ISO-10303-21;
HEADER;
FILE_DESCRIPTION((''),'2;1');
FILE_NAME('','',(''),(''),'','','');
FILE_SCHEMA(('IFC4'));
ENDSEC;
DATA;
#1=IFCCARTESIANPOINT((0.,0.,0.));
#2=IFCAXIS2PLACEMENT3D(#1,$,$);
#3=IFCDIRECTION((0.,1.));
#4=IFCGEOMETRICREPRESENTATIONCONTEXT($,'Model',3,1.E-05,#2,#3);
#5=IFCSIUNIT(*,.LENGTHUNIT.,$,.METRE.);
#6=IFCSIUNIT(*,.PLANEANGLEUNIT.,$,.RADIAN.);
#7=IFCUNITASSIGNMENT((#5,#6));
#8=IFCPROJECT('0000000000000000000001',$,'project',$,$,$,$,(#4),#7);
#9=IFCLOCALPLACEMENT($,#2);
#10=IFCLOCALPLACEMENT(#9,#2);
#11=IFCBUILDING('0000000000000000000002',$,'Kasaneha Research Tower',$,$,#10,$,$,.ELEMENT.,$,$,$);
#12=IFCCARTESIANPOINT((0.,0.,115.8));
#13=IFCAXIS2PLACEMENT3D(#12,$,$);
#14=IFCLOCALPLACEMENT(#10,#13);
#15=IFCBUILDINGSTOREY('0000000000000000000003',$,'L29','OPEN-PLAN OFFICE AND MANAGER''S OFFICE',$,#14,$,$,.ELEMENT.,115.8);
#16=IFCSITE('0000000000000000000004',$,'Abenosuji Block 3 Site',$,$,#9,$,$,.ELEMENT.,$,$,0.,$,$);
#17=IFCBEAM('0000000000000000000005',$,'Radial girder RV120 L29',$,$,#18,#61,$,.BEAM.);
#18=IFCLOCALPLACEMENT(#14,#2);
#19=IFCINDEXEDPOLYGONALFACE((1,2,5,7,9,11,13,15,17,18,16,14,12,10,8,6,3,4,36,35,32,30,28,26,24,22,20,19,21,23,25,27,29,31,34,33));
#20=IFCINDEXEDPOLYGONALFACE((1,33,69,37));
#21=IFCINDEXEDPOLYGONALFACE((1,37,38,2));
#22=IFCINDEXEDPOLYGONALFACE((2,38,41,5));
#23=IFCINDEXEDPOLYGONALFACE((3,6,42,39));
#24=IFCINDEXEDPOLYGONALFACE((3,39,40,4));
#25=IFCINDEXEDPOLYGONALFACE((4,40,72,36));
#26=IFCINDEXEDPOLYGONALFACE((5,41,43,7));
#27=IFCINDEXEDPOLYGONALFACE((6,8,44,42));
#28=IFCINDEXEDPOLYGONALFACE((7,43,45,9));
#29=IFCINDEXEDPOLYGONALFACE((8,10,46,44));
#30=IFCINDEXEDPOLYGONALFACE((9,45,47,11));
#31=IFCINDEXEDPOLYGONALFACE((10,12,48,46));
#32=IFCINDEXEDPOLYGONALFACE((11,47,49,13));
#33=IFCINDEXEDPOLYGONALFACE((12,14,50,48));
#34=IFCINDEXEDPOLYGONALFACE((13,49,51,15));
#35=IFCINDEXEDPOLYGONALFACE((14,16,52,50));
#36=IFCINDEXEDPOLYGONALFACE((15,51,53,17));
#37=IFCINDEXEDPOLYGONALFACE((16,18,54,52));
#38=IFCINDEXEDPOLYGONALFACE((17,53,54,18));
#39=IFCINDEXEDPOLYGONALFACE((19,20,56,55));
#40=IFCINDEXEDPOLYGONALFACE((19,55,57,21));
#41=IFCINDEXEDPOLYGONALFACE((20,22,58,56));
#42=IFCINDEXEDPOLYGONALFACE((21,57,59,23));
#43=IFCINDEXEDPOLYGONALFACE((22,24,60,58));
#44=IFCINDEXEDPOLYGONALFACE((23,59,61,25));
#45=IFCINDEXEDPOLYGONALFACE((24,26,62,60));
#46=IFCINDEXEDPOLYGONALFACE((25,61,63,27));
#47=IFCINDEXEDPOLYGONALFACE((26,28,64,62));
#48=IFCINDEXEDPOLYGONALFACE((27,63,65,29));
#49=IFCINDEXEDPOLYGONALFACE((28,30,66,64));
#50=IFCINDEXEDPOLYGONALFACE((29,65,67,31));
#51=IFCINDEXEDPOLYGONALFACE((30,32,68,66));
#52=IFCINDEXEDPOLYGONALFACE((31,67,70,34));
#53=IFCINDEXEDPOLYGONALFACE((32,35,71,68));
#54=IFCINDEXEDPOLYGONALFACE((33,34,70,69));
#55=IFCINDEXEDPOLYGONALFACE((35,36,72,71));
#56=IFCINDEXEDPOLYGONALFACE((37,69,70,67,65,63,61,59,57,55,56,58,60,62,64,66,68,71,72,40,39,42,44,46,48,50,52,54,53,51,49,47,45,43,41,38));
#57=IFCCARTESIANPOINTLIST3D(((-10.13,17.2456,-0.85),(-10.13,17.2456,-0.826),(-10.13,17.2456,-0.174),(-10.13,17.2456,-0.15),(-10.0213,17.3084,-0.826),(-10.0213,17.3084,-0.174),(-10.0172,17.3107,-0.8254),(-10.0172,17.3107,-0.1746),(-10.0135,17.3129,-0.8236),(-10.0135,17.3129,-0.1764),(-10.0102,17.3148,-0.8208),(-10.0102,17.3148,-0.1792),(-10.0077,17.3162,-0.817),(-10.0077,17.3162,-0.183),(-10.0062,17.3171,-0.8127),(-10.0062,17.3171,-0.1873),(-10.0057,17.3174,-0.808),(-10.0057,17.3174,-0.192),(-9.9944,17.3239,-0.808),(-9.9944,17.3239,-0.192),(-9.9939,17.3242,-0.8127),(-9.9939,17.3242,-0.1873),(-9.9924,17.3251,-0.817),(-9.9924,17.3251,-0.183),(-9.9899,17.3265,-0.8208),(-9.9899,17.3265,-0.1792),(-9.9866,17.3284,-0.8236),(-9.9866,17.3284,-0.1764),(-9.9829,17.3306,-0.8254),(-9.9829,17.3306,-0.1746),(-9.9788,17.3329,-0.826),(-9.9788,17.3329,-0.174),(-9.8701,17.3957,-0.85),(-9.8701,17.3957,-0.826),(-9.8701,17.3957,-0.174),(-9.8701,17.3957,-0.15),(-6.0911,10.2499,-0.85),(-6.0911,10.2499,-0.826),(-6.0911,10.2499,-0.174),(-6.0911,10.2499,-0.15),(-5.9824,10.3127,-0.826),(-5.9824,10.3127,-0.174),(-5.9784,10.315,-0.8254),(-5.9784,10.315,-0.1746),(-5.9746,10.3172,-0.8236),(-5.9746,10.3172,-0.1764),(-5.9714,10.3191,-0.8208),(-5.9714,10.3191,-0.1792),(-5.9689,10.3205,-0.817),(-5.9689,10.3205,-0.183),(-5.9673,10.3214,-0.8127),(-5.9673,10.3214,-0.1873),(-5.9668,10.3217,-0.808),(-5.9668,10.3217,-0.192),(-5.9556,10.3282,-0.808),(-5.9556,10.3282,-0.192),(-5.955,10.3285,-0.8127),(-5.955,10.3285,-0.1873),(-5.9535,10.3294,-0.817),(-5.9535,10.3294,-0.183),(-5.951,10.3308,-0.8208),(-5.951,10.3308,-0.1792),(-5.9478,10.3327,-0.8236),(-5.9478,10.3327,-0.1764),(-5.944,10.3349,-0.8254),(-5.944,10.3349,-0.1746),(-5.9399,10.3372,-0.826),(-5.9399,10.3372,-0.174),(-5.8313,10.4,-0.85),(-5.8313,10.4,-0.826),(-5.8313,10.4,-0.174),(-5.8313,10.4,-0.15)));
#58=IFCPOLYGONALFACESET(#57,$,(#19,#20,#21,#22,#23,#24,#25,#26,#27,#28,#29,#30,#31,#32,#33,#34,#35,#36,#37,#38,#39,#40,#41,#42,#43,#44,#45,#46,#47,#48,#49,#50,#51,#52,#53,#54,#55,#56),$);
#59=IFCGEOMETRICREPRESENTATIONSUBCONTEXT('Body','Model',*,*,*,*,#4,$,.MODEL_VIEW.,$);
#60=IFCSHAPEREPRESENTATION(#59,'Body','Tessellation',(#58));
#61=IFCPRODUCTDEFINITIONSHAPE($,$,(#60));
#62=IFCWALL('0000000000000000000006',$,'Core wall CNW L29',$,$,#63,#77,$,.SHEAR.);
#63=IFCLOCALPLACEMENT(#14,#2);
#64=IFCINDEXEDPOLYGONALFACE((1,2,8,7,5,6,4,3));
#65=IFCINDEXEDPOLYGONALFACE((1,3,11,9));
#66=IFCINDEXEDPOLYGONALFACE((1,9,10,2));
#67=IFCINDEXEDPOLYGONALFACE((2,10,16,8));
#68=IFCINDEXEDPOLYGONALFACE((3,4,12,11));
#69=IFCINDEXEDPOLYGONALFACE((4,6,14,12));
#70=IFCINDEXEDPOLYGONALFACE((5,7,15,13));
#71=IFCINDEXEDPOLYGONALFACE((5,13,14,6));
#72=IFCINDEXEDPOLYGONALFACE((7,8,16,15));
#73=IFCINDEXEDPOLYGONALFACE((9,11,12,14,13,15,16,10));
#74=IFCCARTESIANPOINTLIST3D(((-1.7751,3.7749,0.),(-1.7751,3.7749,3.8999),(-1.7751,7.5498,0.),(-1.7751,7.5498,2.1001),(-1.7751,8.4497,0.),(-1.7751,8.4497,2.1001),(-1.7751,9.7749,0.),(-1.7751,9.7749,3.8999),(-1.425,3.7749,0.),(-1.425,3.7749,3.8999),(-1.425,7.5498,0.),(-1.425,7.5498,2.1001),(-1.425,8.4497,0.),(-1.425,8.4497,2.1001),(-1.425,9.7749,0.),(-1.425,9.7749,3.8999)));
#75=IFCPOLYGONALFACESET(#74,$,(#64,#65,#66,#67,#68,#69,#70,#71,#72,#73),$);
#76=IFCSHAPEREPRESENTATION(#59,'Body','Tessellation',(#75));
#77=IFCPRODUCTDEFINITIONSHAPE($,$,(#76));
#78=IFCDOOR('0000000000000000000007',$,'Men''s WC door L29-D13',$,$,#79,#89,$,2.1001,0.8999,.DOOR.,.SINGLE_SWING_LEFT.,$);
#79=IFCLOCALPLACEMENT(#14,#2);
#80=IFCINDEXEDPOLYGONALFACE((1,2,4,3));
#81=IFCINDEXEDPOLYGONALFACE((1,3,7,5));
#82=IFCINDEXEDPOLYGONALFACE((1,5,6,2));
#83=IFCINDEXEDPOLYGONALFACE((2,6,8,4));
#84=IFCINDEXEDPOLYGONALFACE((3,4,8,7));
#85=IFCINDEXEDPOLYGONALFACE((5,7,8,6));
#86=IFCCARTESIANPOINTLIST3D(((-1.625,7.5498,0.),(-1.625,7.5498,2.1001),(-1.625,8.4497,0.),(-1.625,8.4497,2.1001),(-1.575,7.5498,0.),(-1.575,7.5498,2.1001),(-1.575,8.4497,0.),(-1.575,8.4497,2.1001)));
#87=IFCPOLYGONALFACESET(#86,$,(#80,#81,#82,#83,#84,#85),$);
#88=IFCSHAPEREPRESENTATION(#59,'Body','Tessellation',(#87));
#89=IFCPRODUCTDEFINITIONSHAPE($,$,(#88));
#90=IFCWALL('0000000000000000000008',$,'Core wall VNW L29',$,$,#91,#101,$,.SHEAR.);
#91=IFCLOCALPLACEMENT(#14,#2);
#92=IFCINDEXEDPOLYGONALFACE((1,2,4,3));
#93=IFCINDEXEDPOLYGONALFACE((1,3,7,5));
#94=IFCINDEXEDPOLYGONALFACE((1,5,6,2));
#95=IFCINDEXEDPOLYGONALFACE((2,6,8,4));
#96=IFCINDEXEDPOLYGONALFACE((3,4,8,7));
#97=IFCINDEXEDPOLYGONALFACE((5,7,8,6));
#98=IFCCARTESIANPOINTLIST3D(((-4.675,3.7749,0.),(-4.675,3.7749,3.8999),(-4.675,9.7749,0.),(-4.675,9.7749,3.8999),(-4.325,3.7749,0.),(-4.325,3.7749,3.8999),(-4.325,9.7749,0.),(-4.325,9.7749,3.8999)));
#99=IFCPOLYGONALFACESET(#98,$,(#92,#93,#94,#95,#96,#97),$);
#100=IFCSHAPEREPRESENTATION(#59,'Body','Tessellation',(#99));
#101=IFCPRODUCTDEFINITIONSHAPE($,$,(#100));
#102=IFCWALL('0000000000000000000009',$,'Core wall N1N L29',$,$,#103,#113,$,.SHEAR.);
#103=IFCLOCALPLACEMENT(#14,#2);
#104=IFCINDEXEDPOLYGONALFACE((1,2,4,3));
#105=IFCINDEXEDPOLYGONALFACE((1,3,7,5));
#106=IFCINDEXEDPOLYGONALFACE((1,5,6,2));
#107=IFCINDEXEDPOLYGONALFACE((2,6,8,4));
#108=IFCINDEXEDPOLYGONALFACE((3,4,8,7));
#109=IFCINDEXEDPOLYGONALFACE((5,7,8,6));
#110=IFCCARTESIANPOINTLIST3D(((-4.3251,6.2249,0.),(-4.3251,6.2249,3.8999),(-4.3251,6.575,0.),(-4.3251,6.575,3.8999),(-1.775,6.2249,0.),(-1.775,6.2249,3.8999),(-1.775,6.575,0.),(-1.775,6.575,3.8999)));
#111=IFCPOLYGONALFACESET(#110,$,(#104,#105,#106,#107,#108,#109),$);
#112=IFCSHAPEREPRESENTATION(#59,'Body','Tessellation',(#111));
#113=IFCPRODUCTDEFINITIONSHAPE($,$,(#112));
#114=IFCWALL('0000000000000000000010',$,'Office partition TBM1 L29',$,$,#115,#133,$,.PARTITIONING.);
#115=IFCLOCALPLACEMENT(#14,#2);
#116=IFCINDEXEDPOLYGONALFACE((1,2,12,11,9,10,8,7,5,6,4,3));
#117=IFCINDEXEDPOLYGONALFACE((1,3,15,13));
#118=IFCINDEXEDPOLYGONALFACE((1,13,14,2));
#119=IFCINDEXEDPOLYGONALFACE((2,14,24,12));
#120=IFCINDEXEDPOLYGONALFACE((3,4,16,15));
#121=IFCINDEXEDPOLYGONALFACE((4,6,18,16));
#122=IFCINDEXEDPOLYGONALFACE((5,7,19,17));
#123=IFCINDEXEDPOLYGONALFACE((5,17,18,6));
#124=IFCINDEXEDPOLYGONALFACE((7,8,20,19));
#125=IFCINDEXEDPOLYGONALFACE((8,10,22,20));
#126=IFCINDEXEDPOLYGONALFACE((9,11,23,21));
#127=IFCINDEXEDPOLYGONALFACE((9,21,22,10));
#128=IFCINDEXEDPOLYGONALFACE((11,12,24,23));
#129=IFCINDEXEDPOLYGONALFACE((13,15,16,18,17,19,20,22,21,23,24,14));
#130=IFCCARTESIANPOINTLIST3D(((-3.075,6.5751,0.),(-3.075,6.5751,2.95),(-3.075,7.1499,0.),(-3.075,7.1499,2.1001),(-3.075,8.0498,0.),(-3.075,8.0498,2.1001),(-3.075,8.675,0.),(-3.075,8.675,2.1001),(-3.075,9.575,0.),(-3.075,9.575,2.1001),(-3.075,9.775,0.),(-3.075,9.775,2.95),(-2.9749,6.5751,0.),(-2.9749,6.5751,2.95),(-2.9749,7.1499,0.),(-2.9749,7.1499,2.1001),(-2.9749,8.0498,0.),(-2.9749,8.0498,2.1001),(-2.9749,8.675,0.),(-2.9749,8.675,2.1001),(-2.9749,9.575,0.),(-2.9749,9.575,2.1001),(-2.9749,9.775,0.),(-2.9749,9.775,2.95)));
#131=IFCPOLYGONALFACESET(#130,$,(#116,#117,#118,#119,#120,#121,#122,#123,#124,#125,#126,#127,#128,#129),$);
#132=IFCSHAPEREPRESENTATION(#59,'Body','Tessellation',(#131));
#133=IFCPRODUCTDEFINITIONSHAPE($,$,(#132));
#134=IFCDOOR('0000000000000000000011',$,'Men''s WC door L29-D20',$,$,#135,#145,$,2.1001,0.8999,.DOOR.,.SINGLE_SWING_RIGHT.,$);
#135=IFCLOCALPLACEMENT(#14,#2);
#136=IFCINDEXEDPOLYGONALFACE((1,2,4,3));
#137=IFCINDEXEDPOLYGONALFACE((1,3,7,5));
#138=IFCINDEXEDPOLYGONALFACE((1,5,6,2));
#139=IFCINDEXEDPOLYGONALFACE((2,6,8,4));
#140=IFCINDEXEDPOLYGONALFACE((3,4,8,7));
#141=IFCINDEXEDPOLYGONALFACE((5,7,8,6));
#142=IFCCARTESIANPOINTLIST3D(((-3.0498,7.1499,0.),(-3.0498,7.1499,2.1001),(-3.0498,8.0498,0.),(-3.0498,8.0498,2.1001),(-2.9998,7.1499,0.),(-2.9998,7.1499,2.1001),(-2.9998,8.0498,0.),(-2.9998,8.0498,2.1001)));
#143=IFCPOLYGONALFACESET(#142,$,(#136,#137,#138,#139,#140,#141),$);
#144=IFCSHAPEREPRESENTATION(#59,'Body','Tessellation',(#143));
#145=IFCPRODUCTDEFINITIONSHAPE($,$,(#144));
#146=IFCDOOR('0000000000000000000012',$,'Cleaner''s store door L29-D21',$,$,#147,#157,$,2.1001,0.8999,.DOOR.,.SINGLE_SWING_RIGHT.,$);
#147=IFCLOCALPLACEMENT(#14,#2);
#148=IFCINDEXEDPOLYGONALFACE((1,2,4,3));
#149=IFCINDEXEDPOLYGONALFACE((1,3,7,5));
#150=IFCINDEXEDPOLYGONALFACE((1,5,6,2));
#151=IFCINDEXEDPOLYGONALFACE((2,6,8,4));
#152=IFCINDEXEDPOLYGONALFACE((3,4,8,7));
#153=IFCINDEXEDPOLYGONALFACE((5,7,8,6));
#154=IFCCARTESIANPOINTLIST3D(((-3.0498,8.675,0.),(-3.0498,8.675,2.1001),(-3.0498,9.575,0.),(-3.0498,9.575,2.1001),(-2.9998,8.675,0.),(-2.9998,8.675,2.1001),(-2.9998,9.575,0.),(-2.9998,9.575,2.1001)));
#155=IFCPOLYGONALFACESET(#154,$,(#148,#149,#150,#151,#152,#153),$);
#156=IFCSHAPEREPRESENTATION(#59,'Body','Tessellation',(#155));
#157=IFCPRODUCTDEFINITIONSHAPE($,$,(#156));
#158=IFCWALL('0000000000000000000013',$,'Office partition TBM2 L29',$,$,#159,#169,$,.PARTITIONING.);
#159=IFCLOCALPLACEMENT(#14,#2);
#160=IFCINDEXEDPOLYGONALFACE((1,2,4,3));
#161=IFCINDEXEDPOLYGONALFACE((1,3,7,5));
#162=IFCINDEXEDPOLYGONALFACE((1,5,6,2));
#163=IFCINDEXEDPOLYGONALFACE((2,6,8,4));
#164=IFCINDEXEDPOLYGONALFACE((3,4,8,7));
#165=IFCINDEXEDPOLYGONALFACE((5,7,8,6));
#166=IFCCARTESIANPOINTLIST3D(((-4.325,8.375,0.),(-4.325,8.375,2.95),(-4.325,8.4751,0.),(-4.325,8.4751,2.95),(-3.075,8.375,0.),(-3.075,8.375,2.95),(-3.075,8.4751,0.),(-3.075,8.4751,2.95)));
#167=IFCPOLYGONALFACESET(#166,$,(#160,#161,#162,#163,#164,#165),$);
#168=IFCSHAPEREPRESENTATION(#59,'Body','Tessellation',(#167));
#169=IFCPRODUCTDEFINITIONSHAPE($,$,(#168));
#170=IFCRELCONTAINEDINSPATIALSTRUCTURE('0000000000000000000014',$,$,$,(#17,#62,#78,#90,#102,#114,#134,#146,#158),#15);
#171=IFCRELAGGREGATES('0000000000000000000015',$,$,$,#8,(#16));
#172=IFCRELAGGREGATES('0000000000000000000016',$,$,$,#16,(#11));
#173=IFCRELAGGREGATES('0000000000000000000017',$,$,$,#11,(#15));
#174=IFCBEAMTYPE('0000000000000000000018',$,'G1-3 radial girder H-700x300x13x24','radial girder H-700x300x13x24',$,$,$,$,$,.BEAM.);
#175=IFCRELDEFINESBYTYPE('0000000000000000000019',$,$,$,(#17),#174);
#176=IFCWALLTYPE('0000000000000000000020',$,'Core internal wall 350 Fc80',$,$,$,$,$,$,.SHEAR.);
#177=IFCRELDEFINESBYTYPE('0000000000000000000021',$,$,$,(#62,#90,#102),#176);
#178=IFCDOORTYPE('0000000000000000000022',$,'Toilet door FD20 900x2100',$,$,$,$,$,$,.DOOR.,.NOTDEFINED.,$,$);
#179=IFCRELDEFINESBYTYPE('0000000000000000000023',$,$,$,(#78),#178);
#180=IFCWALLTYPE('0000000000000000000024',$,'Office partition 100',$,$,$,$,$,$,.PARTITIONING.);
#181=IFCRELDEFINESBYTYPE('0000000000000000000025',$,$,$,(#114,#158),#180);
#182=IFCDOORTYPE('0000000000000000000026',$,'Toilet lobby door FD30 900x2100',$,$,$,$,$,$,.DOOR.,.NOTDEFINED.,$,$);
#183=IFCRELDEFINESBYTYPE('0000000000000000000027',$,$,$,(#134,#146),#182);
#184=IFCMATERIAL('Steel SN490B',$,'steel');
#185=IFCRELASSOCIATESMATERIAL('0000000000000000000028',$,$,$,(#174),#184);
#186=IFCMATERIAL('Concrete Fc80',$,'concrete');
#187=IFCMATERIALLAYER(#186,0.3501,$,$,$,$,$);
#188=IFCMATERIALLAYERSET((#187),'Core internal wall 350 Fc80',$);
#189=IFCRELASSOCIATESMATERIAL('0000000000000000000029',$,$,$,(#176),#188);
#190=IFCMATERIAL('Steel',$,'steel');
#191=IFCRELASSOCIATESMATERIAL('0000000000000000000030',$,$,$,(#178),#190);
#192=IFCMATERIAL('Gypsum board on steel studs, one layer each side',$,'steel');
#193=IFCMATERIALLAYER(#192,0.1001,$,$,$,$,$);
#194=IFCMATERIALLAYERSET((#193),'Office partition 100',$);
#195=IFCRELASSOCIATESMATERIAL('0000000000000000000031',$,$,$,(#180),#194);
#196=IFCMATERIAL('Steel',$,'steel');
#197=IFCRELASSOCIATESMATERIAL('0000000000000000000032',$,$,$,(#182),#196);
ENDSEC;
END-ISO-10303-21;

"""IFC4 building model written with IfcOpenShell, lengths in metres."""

from ifc_helpers import new_model, si_unit, direction, frame, frame_2d, origin, origin_2d, place, context, subcontext, project, spatial, rectangle, i_section, extrude, material, layer, layer_set, material_profile, profile_set, type_object, element, fill, save


model = new_model("IFC4")

# Units and contexts
model_context = context("Model", 3, precision=1e-05, world=origin(), true_north=direction((0.0, 1.0)))
body_context = subcontext(model_context, "Body", "Model", "MODEL_VIEW")
ifc_project = project(units=[si_unit("LENGTHUNIT", "METRE"), si_unit("PLANEANGLEUNIT", "RADIAN")], contexts=[model_context])

# Site, building, storey
site_placement = place(None, origin())
site = spatial("IfcSite", under=ifc_project, at=site_placement, Name="Abenosuji Block 3 Site", CompositionType="ELEMENT", RefElevation=0.0)
building_placement = place(site_placement, origin())
building = spatial("IfcBuilding", under=site, at=building_placement, Name="Kasaneha Research Tower", CompositionType="ELEMENT")
storey_placement = place(building_placement, frame((0.0, 0.0, 115.8)))
storey = spatial("IfcBuildingStorey", under=building, at=storey_placement, Name="L29", Description="OPEN-PLAN OFFICE AND MANAGER'S OFFICE", CompositionType="ELEMENT", Elevation=115.8)

# Beam
ifc_material_1 = material(Name="Steel SN490B", Category="steel")
ifc_material_profile = material_profile(ifc_material_1, i_section(OverallWidth=0.3, OverallDepth=0.7, WebThickness=0.0129, FlangeThickness=0.0239, FilletRadius=0.0181, at=origin_2d()), Name="H-700x300x13x24")
ifc_profile_set = profile_set([ifc_material_profile], Name="Steel SN490B")
beam_type = type_object("IfcBeamType", Name="G1-3 radial girder H-700x300x13x24", Description="radial girder H-700x300x13x24", PredefinedType="BEAM", material=ifc_profile_set)
beam_placement = place(storey_placement, frame((-5.9612, 10.325, -0.5), z_axis=(-0.499991, 0.866031, 0.0), x_axis=(-0.866031, -0.499991, 0.0)))
element("IfcBeam", 1, at=beam_placement, inside=storey, type_object=beam_type, Name="Radial girder RV120 L29", PredefinedType="BEAM", context=body_context, shape_type="SweptSolid", body=[
    extrude(i_section(OverallWidth=0.3, OverallDepth=0.7, WebThickness=0.0129, FlangeThickness=0.0239, FilletRadius=0.0181, at=origin_2d()), origin(), (0.0, 0.0, 1.0), 8.0779),
])

# Wall, opening, door
ifc_material_2 = material(Name="Concrete Fc80", Category="concrete")
ifc_layer_1 = layer(ifc_material_2, 0.3501)
ifc_layer_set_1 = layer_set([ifc_layer_1], Name="Core internal wall 350 Fc80")
wall_type_1 = type_object("IfcWallType", Name="Core internal wall 350 Fc80", PredefinedType="SHEAR", material=ifc_layer_set_1)
wall_1_placement = place(storey_placement, frame((-1.6001, 3.7749, 0.0), z_axis=(0.0, 0.0, 1.0), x_axis=(0.0, 1.0, 0.0)))
wall_1 = element("IfcWall", 2, at=wall_1_placement, inside=storey, type_object=wall_type_1, Name="Core wall CNW L29", PredefinedType="SHEAR", context=body_context, shape_type="SweptSolid", body=[
    extrude(rectangle(XDim=6.0, YDim=0.3501, at=frame_2d((3.0, 0.0))), origin(), (0.0, 0.0, 1.0), 3.8999),
])
opening_1_placement = place(wall_1_placement, frame((3.7749, 0.0, 0.0)))
opening_1 = element("IfcOpeningElement", 3, at=opening_1_placement, cuts=wall_1, PredefinedType="OPENING", context=body_context, shape_type="SweptSolid", body=[
    extrude(rectangle(XDim=0.8999, YDim=2.1001, at=frame_2d((0.45, 1.05))), frame((0.0, 0.1851, 0.0), z_axis=(0.0, -1.0, 0.0), x_axis=(1.0, 0.0, 0.0)), (0.0, 0.0, 1.0), 0.3701),
])
ifc_material_3 = material(Name="Steel", Category="steel")
door_type_1 = type_object("IfcDoorType", Name="Toilet door FD20 900x2100", OperationType="NOTDEFINED", PredefinedType="DOOR", material=ifc_material_3)
door_1_placement = place(opening_1_placement, origin())
door_1 = element("IfcDoor", 4, at=door_1_placement, inside=storey, type_object=door_type_1, Name="Men's WC door L29-D13", OperationType="SINGLE_SWING_LEFT", OverallHeight=2.1001, OverallWidth=0.8999, PredefinedType="DOOR", context=body_context, shape_type="SweptSolid", body=[
    extrude(rectangle(XDim=0.8999, YDim=2.1001, at=frame_2d((0.45, 1.05))), frame((0.0, 0.0249, 0.0), z_axis=(0.0, -1.0, 0.0), x_axis=(1.0, 0.0, 0.0)), (0.0, 0.0, 1.0), 0.05),
])
fill(opening_1, door_1)

# Walls
wall_2_placement = place(storey_placement, frame((-4.5, 3.7749, 0.0), z_axis=(0.0, 0.0, 1.0), x_axis=(0.0, 1.0, 0.0)))
element("IfcWall", 5, at=wall_2_placement, inside=storey, type_object=wall_type_1, Name="Core wall VNW L29", PredefinedType="SHEAR", context=body_context, shape_type="SweptSolid", body=[
    extrude(rectangle(XDim=6.0, YDim=0.3501, at=frame_2d((3.0, 0.0))), origin(), (0.0, 0.0, 1.0), 3.8999),
])
wall_3_placement = place(storey_placement, frame((-4.325, 6.3999, 0.0), z_axis=(0.0, 0.0, 1.0), x_axis=(1.0, 0.0, 0.0)))
element("IfcWall", 6, at=wall_3_placement, inside=storey, type_object=wall_type_1, Name="Core wall N1N L29", PredefinedType="SHEAR", context=body_context, shape_type="SweptSolid", body=[
    extrude(rectangle(XDim=2.55, YDim=0.3501, at=frame_2d((1.2749, 0.0))), origin(), (0.0, 0.0, 1.0), 3.8999),
])

# Wall, openings, doors
ifc_material_4 = material(Name="Gypsum board on steel studs, one layer each side", Category="steel")
ifc_layer_2 = layer(ifc_material_4, 0.1001)
ifc_layer_set_2 = layer_set([ifc_layer_2], Name="Office partition 100")
wall_type_2 = type_object("IfcWallType", Name="Office partition 100", PredefinedType="PARTITIONING", material=ifc_layer_set_2)
wall_4_placement = place(storey_placement, frame((-3.0249, 6.575, 0.0), z_axis=(0.0, 0.0, 1.0), x_axis=(0.0, 1.0, 0.0)))
wall_4 = element("IfcWall", 7, at=wall_4_placement, inside=storey, type_object=wall_type_2, Name="Office partition TBM1 L29", PredefinedType="PARTITIONING", context=body_context, shape_type="SweptSolid", body=[
    extrude(rectangle(XDim=3.2, YDim=0.1001, at=frame_2d((1.6001, 0.0))), origin(), (0.0, 0.0, 1.0), 2.95),
])
opening_2_placement = place(wall_4_placement, frame((0.575, 0.0, 0.0)))
opening_2 = element("IfcOpeningElement", 8, at=opening_2_placement, cuts=wall_4, PredefinedType="OPENING", context=body_context, shape_type="SweptSolid", body=[
    extrude(rectangle(XDim=0.8999, YDim=2.1001, at=frame_2d((0.45, 1.05))), frame((0.0, 0.0601, 0.0), z_axis=(0.0, -1.0, 0.0), x_axis=(1.0, 0.0, 0.0)), (0.0, 0.0, 1.0), 0.1201),
])
opening_3_placement = place(wall_4_placement, frame((2.1001, 0.0, 0.0)))
opening_3 = element("IfcOpeningElement", 9, at=opening_3_placement, cuts=wall_4, PredefinedType="OPENING", context=body_context, shape_type="SweptSolid", body=[
    extrude(rectangle(XDim=0.8999, YDim=2.1001, at=frame_2d((0.45, 1.05))), frame((0.0, 0.0601, 0.0), z_axis=(0.0, -1.0, 0.0), x_axis=(1.0, 0.0, 0.0)), (0.0, 0.0, 1.0), 0.1201),
])
ifc_material_5 = material(Name="Steel", Category="steel")
door_type_2 = type_object("IfcDoorType", Name="Toilet lobby door FD30 900x2100", OperationType="NOTDEFINED", PredefinedType="DOOR", material=ifc_material_5)
door_2_placement = place(opening_2_placement, origin())
door_2 = element("IfcDoor", 10, at=door_2_placement, inside=storey, type_object=door_type_2, Name="Men's WC door L29-D20", OperationType="SINGLE_SWING_RIGHT", OverallHeight=2.1001, OverallWidth=0.8999, PredefinedType="DOOR", context=body_context, shape_type="SweptSolid", body=[
    extrude(rectangle(XDim=0.8999, YDim=2.1001, at=frame_2d((0.45, 1.05))), frame((0.0, 0.0249, 0.0), z_axis=(0.0, -1.0, 0.0), x_axis=(1.0, 0.0, 0.0)), (0.0, 0.0, 1.0), 0.05),
])
fill(opening_2, door_2)
door_3_placement = place(opening_3_placement, origin())
door_3 = element("IfcDoor", 11, at=door_3_placement, inside=storey, type_object=door_type_2, Name="Cleaner's store door L29-D21", OperationType="SINGLE_SWING_RIGHT", OverallHeight=2.1001, OverallWidth=0.8999, PredefinedType="DOOR", context=body_context, shape_type="SweptSolid", body=[
    extrude(rectangle(XDim=0.8999, YDim=2.1001, at=frame_2d((0.45, 1.05))), frame((0.0, 0.0249, 0.0), z_axis=(0.0, -1.0, 0.0), x_axis=(1.0, 0.0, 0.0)), (0.0, 0.0, 1.0), 0.05),
])
fill(opening_3, door_3)

# Wall
wall_5_placement = place(storey_placement, frame((-3.075, 8.425, 0.0), z_axis=(0.0, 0.0, 1.0), x_axis=(-1.0, 0.0, 0.0)))
element("IfcWall", 12, at=wall_5_placement, inside=storey, type_object=wall_type_2, Name="Office partition TBM2 L29", PredefinedType="PARTITIONING", context=body_context, shape_type="SweptSolid", body=[
    extrude(rectangle(XDim=1.25, YDim=0.1001, at=frame_2d((0.625, 0.0))), origin(), (0.0, 0.0, 1.0), 2.95),
])

save(model, "model.ifc")
